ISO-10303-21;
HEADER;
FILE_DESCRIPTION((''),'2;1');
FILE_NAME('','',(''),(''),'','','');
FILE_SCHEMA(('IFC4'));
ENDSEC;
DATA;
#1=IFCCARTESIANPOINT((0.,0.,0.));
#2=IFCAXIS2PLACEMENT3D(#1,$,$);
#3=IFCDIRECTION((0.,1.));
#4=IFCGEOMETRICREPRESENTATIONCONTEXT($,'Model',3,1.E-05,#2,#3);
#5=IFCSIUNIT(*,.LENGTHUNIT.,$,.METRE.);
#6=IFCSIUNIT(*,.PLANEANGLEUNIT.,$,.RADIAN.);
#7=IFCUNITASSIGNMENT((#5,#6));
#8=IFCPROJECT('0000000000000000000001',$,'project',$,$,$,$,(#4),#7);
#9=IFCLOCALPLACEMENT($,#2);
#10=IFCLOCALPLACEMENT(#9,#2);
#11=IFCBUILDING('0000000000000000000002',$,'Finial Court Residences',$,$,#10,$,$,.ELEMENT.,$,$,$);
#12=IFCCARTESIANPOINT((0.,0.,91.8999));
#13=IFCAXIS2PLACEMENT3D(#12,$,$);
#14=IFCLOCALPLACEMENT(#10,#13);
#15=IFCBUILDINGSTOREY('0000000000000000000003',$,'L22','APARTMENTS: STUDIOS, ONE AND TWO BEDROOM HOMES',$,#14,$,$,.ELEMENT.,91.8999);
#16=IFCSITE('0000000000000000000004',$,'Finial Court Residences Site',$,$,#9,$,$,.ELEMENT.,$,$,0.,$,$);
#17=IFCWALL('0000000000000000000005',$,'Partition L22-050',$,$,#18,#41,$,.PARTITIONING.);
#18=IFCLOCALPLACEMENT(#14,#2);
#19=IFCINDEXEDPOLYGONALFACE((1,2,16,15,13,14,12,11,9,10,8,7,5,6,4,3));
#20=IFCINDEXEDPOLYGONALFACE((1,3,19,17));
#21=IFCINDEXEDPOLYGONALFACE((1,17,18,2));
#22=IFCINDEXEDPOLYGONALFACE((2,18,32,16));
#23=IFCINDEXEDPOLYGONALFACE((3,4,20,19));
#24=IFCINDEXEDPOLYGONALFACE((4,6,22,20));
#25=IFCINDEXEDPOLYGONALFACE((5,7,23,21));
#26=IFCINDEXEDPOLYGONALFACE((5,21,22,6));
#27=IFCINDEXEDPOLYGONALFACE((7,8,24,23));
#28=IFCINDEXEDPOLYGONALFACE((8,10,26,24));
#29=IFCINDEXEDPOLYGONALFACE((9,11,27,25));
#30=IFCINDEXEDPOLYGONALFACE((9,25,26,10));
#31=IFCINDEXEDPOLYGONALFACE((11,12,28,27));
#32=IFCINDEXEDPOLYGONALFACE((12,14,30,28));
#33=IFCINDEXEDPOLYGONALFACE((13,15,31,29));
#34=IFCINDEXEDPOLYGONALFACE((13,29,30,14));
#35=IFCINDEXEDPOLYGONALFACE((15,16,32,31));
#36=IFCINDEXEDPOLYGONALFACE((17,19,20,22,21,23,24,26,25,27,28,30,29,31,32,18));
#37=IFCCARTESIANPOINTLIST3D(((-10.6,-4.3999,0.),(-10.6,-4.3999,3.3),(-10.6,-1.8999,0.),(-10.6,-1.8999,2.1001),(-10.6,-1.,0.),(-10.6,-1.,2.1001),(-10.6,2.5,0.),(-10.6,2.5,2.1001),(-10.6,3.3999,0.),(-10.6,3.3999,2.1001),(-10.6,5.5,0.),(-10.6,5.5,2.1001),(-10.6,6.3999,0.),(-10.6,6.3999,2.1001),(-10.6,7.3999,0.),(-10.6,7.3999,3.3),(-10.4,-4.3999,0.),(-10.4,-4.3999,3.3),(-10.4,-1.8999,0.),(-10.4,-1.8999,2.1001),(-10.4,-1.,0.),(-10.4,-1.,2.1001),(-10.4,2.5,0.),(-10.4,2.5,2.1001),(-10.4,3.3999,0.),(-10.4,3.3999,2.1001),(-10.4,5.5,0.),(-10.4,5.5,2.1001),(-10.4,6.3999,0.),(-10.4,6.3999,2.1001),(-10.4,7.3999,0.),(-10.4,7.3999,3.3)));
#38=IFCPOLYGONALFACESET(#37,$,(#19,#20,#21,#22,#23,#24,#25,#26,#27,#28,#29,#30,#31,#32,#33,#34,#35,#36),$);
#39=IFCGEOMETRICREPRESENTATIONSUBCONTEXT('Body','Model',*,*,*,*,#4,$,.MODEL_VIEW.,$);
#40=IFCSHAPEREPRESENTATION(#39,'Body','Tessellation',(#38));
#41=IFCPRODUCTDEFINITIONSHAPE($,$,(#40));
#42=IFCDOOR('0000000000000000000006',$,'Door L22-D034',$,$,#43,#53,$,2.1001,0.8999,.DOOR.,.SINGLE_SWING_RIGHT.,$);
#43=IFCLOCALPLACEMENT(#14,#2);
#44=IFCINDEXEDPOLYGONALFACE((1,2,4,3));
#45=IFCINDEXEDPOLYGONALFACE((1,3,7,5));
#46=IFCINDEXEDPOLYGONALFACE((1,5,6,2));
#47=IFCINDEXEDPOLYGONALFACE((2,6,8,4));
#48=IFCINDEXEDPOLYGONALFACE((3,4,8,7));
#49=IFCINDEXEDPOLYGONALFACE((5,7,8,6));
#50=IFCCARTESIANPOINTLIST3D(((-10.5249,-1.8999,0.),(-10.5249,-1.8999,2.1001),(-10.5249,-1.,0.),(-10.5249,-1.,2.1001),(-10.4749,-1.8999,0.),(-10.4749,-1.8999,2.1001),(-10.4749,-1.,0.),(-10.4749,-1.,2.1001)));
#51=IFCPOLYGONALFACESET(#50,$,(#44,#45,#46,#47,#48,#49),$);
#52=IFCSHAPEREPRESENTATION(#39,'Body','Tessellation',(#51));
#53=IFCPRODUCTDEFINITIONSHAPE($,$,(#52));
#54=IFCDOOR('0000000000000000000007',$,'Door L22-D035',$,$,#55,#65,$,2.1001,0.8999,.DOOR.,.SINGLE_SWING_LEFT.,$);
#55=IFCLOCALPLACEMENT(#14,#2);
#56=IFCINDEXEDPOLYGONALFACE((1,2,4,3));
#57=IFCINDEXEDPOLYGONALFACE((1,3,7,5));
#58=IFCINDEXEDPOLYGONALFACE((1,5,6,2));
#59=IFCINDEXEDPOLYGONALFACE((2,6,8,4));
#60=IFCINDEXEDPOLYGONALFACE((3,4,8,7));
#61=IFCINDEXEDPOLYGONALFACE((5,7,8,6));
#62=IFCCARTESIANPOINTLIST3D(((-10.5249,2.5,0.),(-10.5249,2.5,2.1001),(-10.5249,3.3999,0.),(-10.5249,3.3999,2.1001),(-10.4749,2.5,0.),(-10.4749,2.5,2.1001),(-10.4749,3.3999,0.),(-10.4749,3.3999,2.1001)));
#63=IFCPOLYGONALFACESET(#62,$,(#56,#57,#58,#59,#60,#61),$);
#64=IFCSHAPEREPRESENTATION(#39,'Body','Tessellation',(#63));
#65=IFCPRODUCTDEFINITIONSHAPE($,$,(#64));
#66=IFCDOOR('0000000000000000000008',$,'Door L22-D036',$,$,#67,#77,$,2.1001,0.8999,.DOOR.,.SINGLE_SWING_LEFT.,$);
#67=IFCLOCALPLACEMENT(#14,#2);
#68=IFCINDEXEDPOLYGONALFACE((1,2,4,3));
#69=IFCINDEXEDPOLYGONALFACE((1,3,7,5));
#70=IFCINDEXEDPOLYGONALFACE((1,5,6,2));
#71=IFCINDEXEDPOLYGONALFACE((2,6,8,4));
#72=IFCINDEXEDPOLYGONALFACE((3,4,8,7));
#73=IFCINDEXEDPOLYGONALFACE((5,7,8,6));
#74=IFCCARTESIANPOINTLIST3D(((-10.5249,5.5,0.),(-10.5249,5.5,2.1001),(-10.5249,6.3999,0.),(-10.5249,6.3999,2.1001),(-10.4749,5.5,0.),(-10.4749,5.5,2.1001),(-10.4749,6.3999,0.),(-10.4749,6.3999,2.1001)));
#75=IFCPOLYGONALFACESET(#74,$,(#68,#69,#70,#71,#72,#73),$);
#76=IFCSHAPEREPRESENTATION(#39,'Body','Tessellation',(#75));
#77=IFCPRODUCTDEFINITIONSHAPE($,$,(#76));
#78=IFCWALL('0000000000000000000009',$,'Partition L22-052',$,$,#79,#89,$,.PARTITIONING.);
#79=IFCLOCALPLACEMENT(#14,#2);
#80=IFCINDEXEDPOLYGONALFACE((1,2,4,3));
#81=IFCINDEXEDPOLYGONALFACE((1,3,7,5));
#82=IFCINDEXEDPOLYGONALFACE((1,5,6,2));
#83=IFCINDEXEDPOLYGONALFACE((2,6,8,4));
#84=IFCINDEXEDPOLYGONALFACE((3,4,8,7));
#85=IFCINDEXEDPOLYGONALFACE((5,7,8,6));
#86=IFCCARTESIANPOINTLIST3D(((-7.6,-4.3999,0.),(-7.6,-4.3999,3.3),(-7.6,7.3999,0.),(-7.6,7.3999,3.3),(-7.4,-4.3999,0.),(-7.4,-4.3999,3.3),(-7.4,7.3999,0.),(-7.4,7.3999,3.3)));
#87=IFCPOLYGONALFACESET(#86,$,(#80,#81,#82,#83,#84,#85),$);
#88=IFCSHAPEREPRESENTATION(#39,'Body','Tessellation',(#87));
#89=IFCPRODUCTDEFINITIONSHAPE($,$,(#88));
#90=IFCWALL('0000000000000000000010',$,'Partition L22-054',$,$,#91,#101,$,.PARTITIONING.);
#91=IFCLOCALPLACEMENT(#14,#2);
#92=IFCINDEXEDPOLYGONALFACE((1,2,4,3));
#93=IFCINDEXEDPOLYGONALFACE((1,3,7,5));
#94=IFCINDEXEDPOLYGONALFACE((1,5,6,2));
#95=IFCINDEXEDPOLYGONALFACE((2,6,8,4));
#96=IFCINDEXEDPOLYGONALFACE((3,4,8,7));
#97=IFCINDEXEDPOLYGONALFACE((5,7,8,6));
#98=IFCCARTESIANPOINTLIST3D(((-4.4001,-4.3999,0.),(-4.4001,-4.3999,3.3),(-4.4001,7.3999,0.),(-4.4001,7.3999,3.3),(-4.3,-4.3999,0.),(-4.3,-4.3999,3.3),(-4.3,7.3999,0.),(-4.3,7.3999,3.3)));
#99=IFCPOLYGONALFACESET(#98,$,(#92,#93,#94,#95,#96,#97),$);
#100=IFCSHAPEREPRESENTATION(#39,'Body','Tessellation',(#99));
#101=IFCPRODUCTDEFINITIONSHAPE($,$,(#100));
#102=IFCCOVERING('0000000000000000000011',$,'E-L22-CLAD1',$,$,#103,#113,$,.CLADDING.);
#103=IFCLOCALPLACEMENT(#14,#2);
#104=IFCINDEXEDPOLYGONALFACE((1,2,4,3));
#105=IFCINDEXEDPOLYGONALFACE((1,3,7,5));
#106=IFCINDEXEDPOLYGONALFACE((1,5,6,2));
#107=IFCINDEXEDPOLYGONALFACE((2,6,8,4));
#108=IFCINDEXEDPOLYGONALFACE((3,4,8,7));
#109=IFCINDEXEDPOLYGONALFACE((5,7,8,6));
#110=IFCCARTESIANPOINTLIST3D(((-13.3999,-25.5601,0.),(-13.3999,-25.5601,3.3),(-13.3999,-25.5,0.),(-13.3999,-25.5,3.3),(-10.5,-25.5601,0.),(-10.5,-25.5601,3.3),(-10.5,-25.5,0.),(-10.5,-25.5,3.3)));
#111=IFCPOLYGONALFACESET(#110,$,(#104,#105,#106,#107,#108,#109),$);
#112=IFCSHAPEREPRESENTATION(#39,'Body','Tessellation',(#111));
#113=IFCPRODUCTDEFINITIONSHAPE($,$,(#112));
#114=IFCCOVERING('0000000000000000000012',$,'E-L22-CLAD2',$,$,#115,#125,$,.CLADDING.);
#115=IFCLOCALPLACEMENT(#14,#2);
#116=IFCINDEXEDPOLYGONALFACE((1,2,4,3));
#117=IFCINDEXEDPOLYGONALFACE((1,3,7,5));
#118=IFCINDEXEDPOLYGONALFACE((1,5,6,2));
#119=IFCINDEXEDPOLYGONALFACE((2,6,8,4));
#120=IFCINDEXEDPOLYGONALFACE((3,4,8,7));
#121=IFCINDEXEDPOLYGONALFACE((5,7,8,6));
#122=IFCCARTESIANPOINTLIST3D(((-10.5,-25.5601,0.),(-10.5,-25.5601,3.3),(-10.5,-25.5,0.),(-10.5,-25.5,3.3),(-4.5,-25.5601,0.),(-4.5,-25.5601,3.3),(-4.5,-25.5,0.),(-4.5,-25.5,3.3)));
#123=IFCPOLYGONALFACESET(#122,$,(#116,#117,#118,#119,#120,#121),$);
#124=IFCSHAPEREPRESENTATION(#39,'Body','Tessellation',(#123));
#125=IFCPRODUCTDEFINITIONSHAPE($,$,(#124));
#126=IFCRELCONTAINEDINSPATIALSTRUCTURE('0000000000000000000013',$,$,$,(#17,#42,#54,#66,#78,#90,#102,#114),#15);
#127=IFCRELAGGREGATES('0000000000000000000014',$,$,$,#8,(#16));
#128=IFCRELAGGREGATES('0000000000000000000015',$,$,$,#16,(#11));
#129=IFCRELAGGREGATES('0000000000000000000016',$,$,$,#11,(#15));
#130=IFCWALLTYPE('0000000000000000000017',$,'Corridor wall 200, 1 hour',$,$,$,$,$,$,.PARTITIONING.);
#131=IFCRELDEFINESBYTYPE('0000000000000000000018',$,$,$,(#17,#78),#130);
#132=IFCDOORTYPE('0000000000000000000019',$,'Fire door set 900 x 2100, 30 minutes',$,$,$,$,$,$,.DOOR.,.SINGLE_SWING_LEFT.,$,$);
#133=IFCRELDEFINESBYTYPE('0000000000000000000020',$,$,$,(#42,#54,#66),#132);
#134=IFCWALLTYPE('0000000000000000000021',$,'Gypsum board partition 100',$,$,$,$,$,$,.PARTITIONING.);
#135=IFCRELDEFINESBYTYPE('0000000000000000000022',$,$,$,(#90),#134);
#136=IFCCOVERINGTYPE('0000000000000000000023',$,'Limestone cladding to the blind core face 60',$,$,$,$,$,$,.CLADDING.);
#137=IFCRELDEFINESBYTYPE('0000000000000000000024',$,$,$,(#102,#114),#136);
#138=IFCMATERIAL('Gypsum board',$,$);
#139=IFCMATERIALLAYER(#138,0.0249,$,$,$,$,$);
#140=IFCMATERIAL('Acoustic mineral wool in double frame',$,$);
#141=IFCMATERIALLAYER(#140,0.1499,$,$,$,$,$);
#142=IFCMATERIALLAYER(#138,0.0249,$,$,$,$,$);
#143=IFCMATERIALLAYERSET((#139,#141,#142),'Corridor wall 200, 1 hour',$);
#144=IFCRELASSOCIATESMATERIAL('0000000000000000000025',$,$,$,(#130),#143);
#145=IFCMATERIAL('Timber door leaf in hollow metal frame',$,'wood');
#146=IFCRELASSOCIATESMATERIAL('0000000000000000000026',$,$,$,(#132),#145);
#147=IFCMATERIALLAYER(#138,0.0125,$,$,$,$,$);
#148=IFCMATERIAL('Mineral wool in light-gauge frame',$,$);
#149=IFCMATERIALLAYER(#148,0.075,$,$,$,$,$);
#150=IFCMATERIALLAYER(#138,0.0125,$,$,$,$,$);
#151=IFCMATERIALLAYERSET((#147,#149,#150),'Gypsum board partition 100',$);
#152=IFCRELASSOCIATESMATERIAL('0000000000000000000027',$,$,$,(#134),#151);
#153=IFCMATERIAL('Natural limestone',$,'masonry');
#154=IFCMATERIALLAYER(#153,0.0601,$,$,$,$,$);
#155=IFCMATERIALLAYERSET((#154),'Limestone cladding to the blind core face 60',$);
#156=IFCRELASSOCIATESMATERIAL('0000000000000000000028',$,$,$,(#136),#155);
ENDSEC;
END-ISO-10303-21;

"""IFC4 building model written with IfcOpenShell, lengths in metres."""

from ifc_helpers import new_model, si_unit, direction, frame, frame_2d, origin, place, context, subcontext, project, spatial, polyline, rectangle, outline, extrude, material, layer, layer_set, type_object, element, fill, save


model = new_model("IFC4")

# Units and contexts
model_context = context("Model", 3, precision=1e-05, world=origin(), true_north=direction((0.0, 1.0)))
body_context = subcontext(model_context, "Body", "Model", "MODEL_VIEW")
ifc_project = project(units=[si_unit("LENGTHUNIT", "METRE"), si_unit("PLANEANGLEUNIT", "RADIAN")], contexts=[model_context])

# Site, building, storey
site_placement = place(None, origin())
site = spatial("IfcSite", under=ifc_project, at=site_placement, Name="Finial Court Residences Site", CompositionType="ELEMENT", RefElevation=0.0)
building_placement = place(site_placement, origin())
building = spatial("IfcBuilding", under=site, at=building_placement, Name="Finial Court Residences", CompositionType="ELEMENT")
storey_placement = place(building_placement, frame((0.0, 0.0, 91.8999)))
storey = spatial("IfcBuildingStorey", under=building, at=storey_placement, Name="L22", Description="APARTMENTS: STUDIOS, ONE AND TWO BEDROOM HOMES", CompositionType="ELEMENT", Elevation=91.8999)

# Wall, openings, doors
ifc_material_1 = material(Name="Gypsum board")
ifc_layer_1 = layer(ifc_material_1, 0.0249)
ifc_material_2 = material(Name="Acoustic mineral wool in double frame")
ifc_layer_2 = layer(ifc_material_2, 0.1499)
ifc_layer_3 = layer(ifc_material_1, 0.0249)
ifc_layer_set_1 = layer_set([ifc_layer_1, ifc_layer_2, ifc_layer_3], Name="Corridor wall 200, 1 hour")
wall_type_1 = type_object("IfcWallType", Name="Corridor wall 200, 1 hour", PredefinedType="PARTITIONING", material=ifc_layer_set_1)
ifc_material_3 = material(Name="Timber door leaf in hollow metal frame", Category="wood")
door_type_1 = type_object("IfcDoorType", Name="Fire door set 900 x 2100, 30 minutes", OperationType="SINGLE_SWING_LEFT", PredefinedType="DOOR", material=ifc_material_3)
wall_1_placement = place(storey_placement, frame((-10.5, -4.3999, 0.0), z_axis=(0.0, 0.0, 1.0), x_axis=(0.0, 1.0, 0.0)))
wall_1 = element("IfcWall", 1, at=wall_1_placement, inside=storey, type_object=wall_type_1, Name="Partition L22-050", PredefinedType="PARTITIONING", context=body_context, shape_type="SweptSolid", body=[
    extrude(rectangle(XDim=11.7998, YDim=0.2, at=frame_2d((5.8999, 0.0))), origin(), (0.0, 0.0, 1.0), 3.3),
])
opening_1_placement = place(wall_1_placement, frame((2.5, 0.0, 0.0)))
opening_1 = element("IfcOpeningElement", 2, at=opening_1_placement, cuts=wall_1, PredefinedType="OPENING", context=body_context, shape_type="SweptSolid", body=[
    extrude(rectangle(XDim=0.8999, YDim=2.1001, at=frame_2d((0.45, 1.05))), frame((0.0, 0.1099, 0.0), z_axis=(0.0, -1.0, 0.0), x_axis=(1.0, 0.0, 0.0)), (0.0, 0.0, 1.0), 0.22),
])
opening_2_placement = place(wall_1_placement, frame((6.8999, 0.0, 0.0)))
opening_2 = element("IfcOpeningElement", 3, at=opening_2_placement, cuts=wall_1, PredefinedType="OPENING", context=body_context, shape_type="SweptSolid", body=[
    extrude(rectangle(XDim=0.8999, YDim=2.1001, at=frame_2d((0.45, 1.05))), frame((0.0, 0.1099, 0.0), z_axis=(0.0, -1.0, 0.0), x_axis=(1.0, 0.0, 0.0)), (0.0, 0.0, 1.0), 0.22),
])
opening_3_placement = place(wall_1_placement, frame((9.8999, 0.0, 0.0)))
opening_3 = element("IfcOpeningElement", 4, at=opening_3_placement, cuts=wall_1, PredefinedType="OPENING", context=body_context, shape_type="SweptSolid", body=[
    extrude(rectangle(XDim=0.8999, YDim=2.1001, at=frame_2d((0.45, 1.05))), frame((0.0, 0.1099, 0.0), z_axis=(0.0, -1.0, 0.0), x_axis=(1.0, 0.0, 0.0)), (0.0, 0.0, 1.0), 0.22),
])
door_1_placement = place(opening_1_placement, origin())
door_1 = element("IfcDoor", 5, at=door_1_placement, inside=storey, type_object=door_type_1, Name="Door L22-D034", OperationType="SINGLE_SWING_RIGHT", OverallHeight=2.1001, OverallWidth=0.8999, PredefinedType="DOOR", context=body_context, shape_type="SweptSolid", body=[
    extrude(rectangle(XDim=0.8999, YDim=2.1001, at=frame_2d((0.45, 1.05))), frame((0.0, 0.0249, 0.0), z_axis=(0.0, -1.0, 0.0), x_axis=(1.0, 0.0, 0.0)), (0.0, 0.0, 1.0), 0.05),
])
fill(opening_1, door_1)
door_2_placement = place(opening_2_placement, origin())
door_2 = element("IfcDoor", 6, at=door_2_placement, inside=storey, type_object=door_type_1, Name="Door L22-D035", OperationType="SINGLE_SWING_LEFT", OverallHeight=2.1001, OverallWidth=0.8999, PredefinedType="DOOR", context=body_context, shape_type="SweptSolid", body=[
    extrude(rectangle(XDim=0.8999, YDim=2.1001, at=frame_2d((0.45, 1.05))), frame((0.0, 0.0249, 0.0), z_axis=(0.0, -1.0, 0.0), x_axis=(1.0, 0.0, 0.0)), (0.0, 0.0, 1.0), 0.05),
])
fill(opening_2, door_2)
door_3_placement = place(opening_3_placement, origin())
door_3 = element("IfcDoor", 7, at=door_3_placement, inside=storey, type_object=door_type_1, Name="Door L22-D036", OperationType="SINGLE_SWING_LEFT", OverallHeight=2.1001, OverallWidth=0.8999, PredefinedType="DOOR", context=body_context, shape_type="SweptSolid", body=[
    extrude(rectangle(XDim=0.8999, YDim=2.1001, at=frame_2d((0.45, 1.05))), frame((0.0, 0.0249, 0.0), z_axis=(0.0, -1.0, 0.0), x_axis=(1.0, 0.0, 0.0)), (0.0, 0.0, 1.0), 0.05),
])
fill(opening_3, door_3)

# Walls
wall_2_placement = place(storey_placement, frame((-7.5, -4.3999, 0.0), z_axis=(0.0, 0.0, 1.0), x_axis=(0.0, 1.0, 0.0)))
element("IfcWall", 8, at=wall_2_placement, inside=storey, type_object=wall_type_1, Name="Partition L22-052", PredefinedType="PARTITIONING", context=body_context, shape_type="SweptSolid", body=[
    extrude(rectangle(XDim=11.7998, YDim=0.2, at=frame_2d((5.8999, 0.0))), origin(), (0.0, 0.0, 1.0), 3.3),
])
ifc_layer_4 = layer(ifc_material_1, 0.0125)
ifc_material_4 = material(Name="Mineral wool in light-gauge frame")
ifc_layer_5 = layer(ifc_material_4, 0.075)
ifc_layer_6 = layer(ifc_material_1, 0.0125)
ifc_layer_set_2 = layer_set([ifc_layer_4, ifc_layer_5, ifc_layer_6], Name="Gypsum board partition 100")
wall_type_2 = type_object("IfcWallType", Name="Gypsum board partition 100", PredefinedType="PARTITIONING", material=ifc_layer_set_2)
wall_3_placement = place(storey_placement, frame((-4.3501, -4.3999, 0.0), z_axis=(0.0, 0.0, 1.0), x_axis=(0.0, 1.0, 0.0)))
element("IfcWall", 9, at=wall_3_placement, inside=storey, type_object=wall_type_2, Name="Partition L22-054", PredefinedType="PARTITIONING", context=body_context, shape_type="SweptSolid", body=[
    extrude(rectangle(XDim=11.7998, YDim=0.1001, at=frame_2d((5.8999, 0.0))), origin(), (0.0, 0.0, 1.0), 3.3),
])

# Coverings
ifc_material_5 = material(Name="Natural limestone", Category="masonry")
ifc_layer_7 = layer(ifc_material_5, 0.0601)
ifc_layer_set_3 = layer_set([ifc_layer_7], Name="Limestone cladding to the blind core face 60")
covering_type = type_object("IfcCoveringType", Name="Limestone cladding to the blind core face 60", PredefinedType="CLADDING", material=ifc_layer_set_3)
covering_1_placement = place(storey_placement, origin())
element("IfcCovering", 10, at=covering_1_placement, inside=storey, type_object=covering_type, Name="E-L22-CLAD1", PredefinedType="CLADDING", context=body_context, shape_type="SweptSolid", body=[
    extrude(outline(polyline([(-10.5, -25.5601), (-10.5, -25.5), (-13.3999, -25.5), (-13.3999, -25.5601), (-10.5, -25.5601)])), origin(), (0.0, 0.0, 1.0), 3.3),
])
covering_2_placement = place(storey_placement, origin())
element("IfcCovering", 11, at=covering_2_placement, inside=storey, type_object=covering_type, Name="E-L22-CLAD2", PredefinedType="CLADDING", context=body_context, shape_type="SweptSolid", body=[
    extrude(outline(polyline([(-4.5, -25.5601), (-4.5, -25.5), (-10.5, -25.5), (-10.5, -25.5601), (-4.5, -25.5601)])), origin(), (0.0, 0.0, 1.0), 3.3),
])

save(model, "model.ifc")
